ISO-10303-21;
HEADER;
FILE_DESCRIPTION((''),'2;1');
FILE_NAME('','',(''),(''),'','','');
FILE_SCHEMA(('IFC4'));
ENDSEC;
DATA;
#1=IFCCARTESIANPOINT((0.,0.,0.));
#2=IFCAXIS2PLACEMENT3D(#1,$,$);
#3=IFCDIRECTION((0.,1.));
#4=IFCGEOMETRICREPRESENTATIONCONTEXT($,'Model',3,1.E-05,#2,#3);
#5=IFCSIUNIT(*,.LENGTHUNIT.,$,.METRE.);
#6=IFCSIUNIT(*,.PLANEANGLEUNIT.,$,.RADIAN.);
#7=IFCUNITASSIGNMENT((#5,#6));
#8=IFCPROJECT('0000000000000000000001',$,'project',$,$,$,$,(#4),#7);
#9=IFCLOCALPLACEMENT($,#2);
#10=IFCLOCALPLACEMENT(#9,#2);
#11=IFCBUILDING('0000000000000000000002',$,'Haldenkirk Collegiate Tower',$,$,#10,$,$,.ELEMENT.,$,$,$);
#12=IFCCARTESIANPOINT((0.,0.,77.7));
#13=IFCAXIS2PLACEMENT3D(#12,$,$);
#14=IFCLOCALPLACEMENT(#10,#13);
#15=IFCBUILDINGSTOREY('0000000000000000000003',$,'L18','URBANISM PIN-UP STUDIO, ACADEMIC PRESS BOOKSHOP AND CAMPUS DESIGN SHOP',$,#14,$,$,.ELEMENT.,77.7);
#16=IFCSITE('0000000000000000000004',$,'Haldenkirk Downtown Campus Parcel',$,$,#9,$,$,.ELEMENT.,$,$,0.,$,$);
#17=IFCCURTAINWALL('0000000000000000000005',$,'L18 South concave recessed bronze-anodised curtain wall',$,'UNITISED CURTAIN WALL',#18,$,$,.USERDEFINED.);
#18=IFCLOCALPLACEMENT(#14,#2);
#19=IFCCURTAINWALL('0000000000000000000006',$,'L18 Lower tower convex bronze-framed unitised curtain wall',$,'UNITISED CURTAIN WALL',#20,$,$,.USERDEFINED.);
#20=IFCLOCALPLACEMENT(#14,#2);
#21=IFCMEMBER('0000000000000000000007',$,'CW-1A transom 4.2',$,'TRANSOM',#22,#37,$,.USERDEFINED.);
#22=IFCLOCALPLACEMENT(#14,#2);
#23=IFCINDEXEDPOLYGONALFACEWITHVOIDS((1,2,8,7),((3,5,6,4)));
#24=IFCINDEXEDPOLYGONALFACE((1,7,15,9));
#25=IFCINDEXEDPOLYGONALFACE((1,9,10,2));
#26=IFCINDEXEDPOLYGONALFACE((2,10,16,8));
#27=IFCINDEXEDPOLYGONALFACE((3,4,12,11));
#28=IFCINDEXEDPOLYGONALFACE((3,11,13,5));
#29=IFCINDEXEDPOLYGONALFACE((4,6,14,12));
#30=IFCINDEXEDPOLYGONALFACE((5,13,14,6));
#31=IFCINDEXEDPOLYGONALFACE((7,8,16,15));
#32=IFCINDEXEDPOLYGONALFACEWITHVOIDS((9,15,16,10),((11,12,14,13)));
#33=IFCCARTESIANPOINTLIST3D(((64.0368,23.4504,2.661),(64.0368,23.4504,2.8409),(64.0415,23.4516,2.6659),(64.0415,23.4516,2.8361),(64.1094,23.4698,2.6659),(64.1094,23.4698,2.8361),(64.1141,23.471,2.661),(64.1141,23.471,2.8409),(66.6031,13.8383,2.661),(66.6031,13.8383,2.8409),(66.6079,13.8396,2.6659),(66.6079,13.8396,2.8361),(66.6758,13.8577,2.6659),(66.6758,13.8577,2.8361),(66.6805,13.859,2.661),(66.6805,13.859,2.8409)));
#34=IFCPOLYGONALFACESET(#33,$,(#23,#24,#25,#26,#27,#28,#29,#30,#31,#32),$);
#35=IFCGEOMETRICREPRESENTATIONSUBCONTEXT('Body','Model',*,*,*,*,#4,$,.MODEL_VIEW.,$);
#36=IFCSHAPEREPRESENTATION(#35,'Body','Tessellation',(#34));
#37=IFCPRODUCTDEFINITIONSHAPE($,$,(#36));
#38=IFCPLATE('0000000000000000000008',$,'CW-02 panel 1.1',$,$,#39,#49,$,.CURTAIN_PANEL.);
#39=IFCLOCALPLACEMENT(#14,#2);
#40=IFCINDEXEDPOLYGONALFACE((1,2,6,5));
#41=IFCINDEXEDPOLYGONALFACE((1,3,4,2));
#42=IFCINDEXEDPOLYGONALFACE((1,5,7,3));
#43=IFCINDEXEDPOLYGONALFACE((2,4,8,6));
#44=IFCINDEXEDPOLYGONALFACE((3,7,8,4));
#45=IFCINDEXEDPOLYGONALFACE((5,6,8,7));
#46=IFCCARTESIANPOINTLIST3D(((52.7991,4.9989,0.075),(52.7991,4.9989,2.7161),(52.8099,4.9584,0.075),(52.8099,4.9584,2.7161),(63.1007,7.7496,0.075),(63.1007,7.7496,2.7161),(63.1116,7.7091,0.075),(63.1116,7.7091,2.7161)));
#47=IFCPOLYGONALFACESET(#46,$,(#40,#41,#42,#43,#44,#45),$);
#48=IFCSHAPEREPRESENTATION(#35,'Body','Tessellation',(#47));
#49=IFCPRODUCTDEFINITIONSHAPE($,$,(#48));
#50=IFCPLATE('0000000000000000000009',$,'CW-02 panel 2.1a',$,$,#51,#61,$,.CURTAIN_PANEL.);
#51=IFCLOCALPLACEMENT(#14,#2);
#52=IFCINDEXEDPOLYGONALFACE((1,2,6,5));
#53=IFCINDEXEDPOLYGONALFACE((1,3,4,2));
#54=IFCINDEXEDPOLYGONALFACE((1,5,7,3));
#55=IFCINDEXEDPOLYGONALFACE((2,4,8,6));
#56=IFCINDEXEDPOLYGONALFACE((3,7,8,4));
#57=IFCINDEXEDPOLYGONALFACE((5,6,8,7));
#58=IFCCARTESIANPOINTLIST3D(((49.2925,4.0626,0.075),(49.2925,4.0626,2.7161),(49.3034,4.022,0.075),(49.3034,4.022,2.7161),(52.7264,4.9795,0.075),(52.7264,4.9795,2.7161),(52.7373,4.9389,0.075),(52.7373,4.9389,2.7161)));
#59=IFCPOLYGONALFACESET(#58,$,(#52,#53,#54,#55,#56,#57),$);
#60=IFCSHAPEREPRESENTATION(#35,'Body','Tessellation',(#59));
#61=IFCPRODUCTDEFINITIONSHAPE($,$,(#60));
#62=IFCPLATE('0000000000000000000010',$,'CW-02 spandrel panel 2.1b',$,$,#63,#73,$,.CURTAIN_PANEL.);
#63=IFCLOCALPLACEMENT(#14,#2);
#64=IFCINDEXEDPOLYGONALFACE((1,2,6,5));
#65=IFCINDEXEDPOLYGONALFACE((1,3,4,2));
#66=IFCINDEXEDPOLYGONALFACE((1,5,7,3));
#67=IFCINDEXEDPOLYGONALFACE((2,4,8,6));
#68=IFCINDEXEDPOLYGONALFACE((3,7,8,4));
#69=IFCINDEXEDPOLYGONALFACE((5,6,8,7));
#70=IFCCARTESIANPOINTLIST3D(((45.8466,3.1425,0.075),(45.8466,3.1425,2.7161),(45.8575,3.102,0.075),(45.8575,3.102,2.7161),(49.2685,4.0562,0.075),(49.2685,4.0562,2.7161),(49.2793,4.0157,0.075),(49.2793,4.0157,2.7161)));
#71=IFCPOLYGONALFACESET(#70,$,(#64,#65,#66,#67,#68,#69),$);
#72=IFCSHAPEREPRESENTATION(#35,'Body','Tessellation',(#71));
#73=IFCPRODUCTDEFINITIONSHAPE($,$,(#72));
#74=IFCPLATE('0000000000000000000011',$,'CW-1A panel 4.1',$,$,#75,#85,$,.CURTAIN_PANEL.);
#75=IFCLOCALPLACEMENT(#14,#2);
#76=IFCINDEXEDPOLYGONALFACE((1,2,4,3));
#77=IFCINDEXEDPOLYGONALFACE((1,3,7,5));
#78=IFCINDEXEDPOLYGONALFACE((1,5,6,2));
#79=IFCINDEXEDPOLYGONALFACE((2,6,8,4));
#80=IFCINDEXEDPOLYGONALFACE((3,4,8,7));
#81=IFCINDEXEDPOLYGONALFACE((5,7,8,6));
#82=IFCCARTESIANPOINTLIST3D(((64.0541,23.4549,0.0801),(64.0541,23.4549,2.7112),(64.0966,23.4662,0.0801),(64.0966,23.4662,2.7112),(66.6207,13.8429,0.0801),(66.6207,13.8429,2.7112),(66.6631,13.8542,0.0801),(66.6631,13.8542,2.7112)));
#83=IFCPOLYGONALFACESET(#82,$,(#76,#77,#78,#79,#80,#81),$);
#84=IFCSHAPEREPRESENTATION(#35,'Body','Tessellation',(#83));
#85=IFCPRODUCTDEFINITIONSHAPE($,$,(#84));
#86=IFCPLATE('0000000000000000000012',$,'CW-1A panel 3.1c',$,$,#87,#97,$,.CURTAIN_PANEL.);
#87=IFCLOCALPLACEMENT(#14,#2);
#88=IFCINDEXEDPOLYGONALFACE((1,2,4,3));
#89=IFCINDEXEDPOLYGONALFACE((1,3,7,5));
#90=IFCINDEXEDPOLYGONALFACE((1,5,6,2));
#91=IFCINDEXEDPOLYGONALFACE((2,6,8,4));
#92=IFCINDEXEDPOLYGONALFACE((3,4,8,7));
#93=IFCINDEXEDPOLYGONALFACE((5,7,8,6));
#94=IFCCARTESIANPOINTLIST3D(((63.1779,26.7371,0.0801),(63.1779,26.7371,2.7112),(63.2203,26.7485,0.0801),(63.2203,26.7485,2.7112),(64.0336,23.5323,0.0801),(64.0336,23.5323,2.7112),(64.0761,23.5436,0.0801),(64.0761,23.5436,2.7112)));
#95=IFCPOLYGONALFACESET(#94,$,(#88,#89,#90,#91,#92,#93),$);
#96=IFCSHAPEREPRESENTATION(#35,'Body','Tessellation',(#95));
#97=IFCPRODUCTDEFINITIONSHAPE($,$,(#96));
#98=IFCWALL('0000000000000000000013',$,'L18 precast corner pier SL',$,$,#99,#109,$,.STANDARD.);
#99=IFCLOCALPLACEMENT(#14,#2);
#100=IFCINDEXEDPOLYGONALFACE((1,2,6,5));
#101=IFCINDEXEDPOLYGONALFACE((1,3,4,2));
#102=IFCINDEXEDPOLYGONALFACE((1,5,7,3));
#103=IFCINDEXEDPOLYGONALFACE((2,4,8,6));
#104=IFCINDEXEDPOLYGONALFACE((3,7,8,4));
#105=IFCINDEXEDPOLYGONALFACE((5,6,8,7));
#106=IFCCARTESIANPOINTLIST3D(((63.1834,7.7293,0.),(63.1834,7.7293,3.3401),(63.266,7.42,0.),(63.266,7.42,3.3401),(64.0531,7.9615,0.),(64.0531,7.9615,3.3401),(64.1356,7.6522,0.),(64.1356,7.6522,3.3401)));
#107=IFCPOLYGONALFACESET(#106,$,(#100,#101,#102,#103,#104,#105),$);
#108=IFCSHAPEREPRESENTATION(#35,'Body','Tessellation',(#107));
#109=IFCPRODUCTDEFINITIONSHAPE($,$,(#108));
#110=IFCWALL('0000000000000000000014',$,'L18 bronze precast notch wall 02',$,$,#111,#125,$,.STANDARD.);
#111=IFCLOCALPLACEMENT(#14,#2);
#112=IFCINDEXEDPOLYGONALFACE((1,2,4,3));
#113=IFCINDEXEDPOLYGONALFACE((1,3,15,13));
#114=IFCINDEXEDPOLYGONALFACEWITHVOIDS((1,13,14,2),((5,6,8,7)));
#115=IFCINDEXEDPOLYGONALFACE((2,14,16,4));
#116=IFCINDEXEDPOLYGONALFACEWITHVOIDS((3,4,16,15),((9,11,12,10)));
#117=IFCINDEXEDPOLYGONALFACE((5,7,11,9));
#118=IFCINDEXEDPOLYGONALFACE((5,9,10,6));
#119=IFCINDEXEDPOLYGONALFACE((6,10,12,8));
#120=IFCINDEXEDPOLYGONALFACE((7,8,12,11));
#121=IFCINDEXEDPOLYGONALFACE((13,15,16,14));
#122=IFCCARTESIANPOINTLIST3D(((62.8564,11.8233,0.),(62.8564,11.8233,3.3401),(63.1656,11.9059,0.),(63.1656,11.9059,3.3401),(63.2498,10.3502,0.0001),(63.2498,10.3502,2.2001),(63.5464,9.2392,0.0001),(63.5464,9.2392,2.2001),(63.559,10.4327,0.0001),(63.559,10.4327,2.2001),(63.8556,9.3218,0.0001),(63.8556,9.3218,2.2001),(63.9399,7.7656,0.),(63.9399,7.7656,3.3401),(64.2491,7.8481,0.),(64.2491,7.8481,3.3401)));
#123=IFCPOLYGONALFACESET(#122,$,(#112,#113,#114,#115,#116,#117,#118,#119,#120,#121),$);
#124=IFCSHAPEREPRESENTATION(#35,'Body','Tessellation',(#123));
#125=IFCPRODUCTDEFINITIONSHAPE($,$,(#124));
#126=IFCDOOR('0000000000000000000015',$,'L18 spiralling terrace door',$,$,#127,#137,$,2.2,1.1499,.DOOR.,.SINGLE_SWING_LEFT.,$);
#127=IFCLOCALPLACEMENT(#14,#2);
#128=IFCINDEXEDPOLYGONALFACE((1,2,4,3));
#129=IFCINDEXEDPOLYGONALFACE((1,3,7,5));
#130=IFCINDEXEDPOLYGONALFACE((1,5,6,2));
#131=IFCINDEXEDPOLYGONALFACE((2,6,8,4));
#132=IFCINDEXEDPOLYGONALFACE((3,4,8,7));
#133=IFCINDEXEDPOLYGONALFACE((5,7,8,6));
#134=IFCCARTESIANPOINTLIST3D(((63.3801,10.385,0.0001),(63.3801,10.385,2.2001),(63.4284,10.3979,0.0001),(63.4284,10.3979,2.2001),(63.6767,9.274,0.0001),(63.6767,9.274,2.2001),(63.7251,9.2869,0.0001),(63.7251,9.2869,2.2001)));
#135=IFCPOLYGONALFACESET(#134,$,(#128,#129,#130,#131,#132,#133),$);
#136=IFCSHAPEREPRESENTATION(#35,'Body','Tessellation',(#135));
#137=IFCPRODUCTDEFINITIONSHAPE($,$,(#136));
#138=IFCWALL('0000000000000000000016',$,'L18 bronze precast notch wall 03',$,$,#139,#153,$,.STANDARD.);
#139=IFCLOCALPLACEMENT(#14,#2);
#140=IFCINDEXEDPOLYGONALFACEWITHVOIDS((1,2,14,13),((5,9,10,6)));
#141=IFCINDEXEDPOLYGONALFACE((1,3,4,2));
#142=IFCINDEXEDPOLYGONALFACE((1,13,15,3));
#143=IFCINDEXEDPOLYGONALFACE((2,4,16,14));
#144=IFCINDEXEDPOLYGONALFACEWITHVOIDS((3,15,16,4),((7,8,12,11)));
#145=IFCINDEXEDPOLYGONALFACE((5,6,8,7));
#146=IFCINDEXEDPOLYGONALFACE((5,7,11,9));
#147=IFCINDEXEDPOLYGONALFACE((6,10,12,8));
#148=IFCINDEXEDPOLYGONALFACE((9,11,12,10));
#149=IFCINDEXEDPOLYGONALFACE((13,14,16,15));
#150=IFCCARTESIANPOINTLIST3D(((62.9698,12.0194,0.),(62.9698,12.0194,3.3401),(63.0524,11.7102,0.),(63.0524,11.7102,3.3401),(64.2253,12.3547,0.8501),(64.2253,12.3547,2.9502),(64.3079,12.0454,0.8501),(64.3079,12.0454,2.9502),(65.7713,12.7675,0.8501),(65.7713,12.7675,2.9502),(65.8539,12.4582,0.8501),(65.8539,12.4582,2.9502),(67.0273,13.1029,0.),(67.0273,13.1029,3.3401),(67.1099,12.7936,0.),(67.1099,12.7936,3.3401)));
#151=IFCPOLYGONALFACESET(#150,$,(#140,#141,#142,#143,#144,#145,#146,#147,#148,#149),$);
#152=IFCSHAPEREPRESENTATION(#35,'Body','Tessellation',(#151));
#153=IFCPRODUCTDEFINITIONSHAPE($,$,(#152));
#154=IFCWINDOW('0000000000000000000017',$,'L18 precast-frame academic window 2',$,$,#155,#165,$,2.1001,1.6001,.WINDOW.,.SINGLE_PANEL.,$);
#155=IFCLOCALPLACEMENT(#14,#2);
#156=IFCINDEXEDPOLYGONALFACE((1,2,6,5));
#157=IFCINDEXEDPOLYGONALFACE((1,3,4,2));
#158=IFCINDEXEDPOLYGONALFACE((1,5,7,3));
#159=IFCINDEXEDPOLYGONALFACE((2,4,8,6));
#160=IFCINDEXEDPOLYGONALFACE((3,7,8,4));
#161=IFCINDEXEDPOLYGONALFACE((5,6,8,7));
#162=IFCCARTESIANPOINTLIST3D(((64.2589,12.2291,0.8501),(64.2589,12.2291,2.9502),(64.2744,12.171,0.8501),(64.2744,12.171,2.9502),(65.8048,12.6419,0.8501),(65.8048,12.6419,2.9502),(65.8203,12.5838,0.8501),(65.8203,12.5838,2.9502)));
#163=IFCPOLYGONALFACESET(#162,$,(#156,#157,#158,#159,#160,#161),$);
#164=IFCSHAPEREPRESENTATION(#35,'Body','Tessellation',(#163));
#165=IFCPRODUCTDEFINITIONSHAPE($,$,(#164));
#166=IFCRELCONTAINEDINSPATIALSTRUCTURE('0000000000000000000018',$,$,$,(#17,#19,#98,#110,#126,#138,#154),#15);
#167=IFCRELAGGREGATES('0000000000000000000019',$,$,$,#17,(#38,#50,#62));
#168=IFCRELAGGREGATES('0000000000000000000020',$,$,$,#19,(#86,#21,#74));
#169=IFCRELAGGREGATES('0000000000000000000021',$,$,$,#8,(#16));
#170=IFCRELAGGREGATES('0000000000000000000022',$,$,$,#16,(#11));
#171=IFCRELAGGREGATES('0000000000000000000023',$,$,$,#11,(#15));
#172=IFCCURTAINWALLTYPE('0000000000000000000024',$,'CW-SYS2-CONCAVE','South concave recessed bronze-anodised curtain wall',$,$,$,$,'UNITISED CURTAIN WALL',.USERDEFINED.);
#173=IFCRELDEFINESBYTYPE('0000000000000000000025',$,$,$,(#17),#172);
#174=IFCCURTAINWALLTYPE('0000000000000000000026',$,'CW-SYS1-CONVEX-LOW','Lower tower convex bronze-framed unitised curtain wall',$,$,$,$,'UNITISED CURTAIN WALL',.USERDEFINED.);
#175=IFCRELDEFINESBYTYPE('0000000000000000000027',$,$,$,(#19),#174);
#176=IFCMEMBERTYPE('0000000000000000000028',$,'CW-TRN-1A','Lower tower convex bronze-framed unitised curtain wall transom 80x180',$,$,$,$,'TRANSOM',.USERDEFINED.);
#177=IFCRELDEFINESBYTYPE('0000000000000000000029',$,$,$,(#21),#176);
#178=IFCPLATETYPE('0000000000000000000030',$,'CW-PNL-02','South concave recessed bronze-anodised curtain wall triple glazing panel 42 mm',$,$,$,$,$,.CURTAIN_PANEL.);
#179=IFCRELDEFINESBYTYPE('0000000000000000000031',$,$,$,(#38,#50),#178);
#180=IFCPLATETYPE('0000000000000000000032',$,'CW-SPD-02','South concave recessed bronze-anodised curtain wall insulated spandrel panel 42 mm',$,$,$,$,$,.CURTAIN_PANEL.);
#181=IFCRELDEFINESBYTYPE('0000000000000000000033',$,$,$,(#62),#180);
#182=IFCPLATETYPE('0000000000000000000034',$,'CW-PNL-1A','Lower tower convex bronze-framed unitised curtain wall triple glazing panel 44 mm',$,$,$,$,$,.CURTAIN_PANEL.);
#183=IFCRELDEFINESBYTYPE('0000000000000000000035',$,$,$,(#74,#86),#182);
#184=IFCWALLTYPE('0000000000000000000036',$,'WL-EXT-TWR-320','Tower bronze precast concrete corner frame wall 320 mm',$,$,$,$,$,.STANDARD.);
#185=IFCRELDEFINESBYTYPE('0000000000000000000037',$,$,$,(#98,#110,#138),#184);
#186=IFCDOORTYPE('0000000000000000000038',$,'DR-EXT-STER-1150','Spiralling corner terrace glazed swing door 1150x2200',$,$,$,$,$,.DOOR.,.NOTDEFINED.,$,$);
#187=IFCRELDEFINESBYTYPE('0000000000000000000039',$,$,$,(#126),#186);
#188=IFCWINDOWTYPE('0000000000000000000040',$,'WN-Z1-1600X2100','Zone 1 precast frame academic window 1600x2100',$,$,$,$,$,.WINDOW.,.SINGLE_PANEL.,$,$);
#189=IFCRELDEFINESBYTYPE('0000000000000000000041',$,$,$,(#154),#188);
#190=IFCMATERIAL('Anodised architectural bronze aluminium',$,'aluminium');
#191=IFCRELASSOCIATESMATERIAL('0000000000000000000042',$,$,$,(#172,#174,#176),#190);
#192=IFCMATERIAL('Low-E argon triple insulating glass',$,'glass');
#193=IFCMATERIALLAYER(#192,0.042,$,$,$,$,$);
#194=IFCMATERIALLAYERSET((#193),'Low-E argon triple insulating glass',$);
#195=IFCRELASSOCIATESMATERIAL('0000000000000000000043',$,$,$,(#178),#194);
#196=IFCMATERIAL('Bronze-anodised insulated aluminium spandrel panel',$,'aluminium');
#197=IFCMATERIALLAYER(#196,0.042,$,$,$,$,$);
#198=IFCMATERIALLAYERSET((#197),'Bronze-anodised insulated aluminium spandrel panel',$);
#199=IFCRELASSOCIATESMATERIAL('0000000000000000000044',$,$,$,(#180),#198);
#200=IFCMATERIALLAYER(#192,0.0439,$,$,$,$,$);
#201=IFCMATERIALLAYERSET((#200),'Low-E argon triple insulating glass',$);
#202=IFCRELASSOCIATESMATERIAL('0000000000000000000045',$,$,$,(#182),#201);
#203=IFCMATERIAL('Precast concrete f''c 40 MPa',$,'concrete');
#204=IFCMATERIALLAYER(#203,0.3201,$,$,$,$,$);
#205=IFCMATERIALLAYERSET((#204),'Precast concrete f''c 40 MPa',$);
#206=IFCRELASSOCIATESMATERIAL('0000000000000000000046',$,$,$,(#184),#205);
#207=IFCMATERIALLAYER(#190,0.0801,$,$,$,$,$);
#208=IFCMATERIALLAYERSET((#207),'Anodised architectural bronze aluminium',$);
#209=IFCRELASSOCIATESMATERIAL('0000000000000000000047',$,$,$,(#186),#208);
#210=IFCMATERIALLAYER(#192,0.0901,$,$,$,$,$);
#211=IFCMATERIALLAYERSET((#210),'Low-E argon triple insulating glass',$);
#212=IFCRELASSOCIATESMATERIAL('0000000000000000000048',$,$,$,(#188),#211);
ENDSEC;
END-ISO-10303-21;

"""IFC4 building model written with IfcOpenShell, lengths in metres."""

from ifc_helpers import new_model, si_unit, direction, frame, frame_2d, origin, origin_2d, place, context, subcontext, project, spatial, rectangle, hollow_rectangle, extrude, source, transform, mapped, material, layer, layer_set, material_profile, profile_set, type_object, element, fill, aggregate, save


model = new_model("IFC4")

# Units and contexts
model_context = context("Model", 3, precision=1e-05, world=origin(), true_north=direction((0.0, 1.0)))
body_context = subcontext(model_context, "Body", "Model", "MODEL_VIEW")
ifc_project = project(units=[si_unit("LENGTHUNIT", "METRE"), si_unit("PLANEANGLEUNIT", "RADIAN")], contexts=[model_context])

# Site, building, storey
site_placement = place(None, origin())
site = spatial("IfcSite", under=ifc_project, at=site_placement, Name="Haldenkirk Downtown Campus Parcel", CompositionType="ELEMENT", RefElevation=0.0)
building_placement = place(site_placement, origin())
building = spatial("IfcBuilding", under=site, at=building_placement, Name="Haldenkirk Collegiate Tower", CompositionType="ELEMENT")
storey_placement = place(building_placement, frame((0.0, 0.0, 77.7)))
storey = spatial("IfcBuildingStorey", under=building, at=storey_placement, Name="L18", Description="URBANISM PIN-UP STUDIO, ACADEMIC PRESS BOOKSHOP AND CAMPUS DESIGN SHOP", CompositionType="ELEMENT", Elevation=77.7)

# Curtain walls
ifc_material_1 = material(Name="Anodised architectural bronze aluminium", Category="aluminium")
curtain_wall_type_1 = type_object("IfcCurtainWallType", Name="CW-SYS2-CONCAVE", Description="South concave recessed bronze-anodised curtain wall", ElementType="UNITISED CURTAIN WALL", PredefinedType="USERDEFINED", material=ifc_material_1)
curtain_wall_1_placement = place(storey_placement, origin())
curtain_wall_1 = element("IfcCurtainWall", 1, at=curtain_wall_1_placement, inside=storey, type_object=curtain_wall_type_1, Name="L18 South concave recessed bronze-anodised curtain wall", ObjectType="UNITISED CURTAIN WALL", PredefinedType="USERDEFINED")
curtain_wall_type_2 = type_object("IfcCurtainWallType", Name="CW-SYS1-CONVEX-LOW", Description="Lower tower convex bronze-framed unitised curtain wall", ElementType="UNITISED CURTAIN WALL", PredefinedType="USERDEFINED", material=ifc_material_1)
curtain_wall_2_placement = place(storey_placement, origin())
curtain_wall_2 = element("IfcCurtainWall", 2, at=curtain_wall_2_placement, inside=storey, type_object=curtain_wall_type_2, Name="L18 Lower tower convex bronze-framed unitised curtain wall", ObjectType="UNITISED CURTAIN WALL", PredefinedType="USERDEFINED")

# Member
ifc_material_profile_1 = material_profile(ifc_material_1, hollow_rectangle(XDim=0.0801, YDim=0.1799, WallThickness=0.0049, at=origin_2d()), Name="CW-TRN-1A")
ifc_profile_set_1 = profile_set([ifc_material_profile_1], Name="Anodised architectural bronze aluminium")
member_type_1 = type_object("IfcMemberType", Name="CW-TRN-1A", Description="Lower tower convex bronze-framed unitised curtain wall transom 80x180", ElementType="TRANSOM", PredefinedType="USERDEFINED", material=ifc_profile_set_1)
member_1_placement = place(storey_placement, frame((64.0754, 23.4607, 2.751), z_axis=(0.257962, -0.966155, 0.0), x_axis=(0.966155, 0.257962, 0.0)))
member_1 = element("IfcMember", 3, at=member_1_placement, type_object=member_type_1, Name="CW-1A transom 4.2", ObjectType="TRANSOM", PredefinedType="USERDEFINED", context=body_context, shape_type="SweptSolid", body=[
    extrude(hollow_rectangle(XDim=0.0801, YDim=0.1799, WallThickness=0.0049, at=origin_2d()), origin(), (0.0, 0.0, 1.0), 9.9487),
])

# Plates
ifc_material_2 = material(Name="Low-E argon triple insulating glass", Category="glass")
ifc_layer_1 = layer(ifc_material_2, 0.042)
ifc_layer_set_1 = layer_set([ifc_layer_1], Name="Low-E argon triple insulating glass")
plate_type_1 = type_object("IfcPlateType", Name="CW-PNL-02", Description="South concave recessed bronze-anodised curtain wall triple glazing panel 42 mm", PredefinedType="CURTAIN_PANEL", material=ifc_layer_set_1)
shared_shape_1 = source(origin(), body_context, "Body", "SweptSolid", [
    extrude(rectangle(XDim=10.6626, YDim=0.042, at=origin_2d()), origin(), (0.0, 0.0, 1.0), 2.6411),
])
plate_1_placement = place(storey_placement, frame((57.9553, 6.354, 0.075), z_axis=(0.0, 0.0, 1.0), x_axis=(-0.966151, -0.257976, 0.0)))
plate_1 = element("IfcPlate", 4, at=plate_1_placement, type_object=plate_type_1, Name="CW-02 panel 1.1", PredefinedType="CURTAIN_PANEL", context=body_context, shape_type="MappedRepresentation", body=[
    mapped(shared_shape_1, transform((0.0, 0.0, 0.0), x_axis=(1.0, 0.0, 0.0), y_axis=(0.0, 1.0, 0.0), z_axis=(0.0, 0.0, 1.0), scale=1.0)),
])
shared_shape_2 = source(origin(), body_context, "Body", "SweptSolid", [
    extrude(rectangle(XDim=3.5542, YDim=0.042, at=origin_2d()), origin(), (0.0, 0.0, 1.0), 2.6411),
])
plate_2_placement = place(storey_placement, frame((51.0149, 4.5007, 0.075), z_axis=(0.0, 0.0, 1.0), x_axis=(-0.966151, -0.257976, 0.0)))
plate_2 = element("IfcPlate", 5, at=plate_2_placement, type_object=plate_type_1, Name="CW-02 panel 2.1a", PredefinedType="CURTAIN_PANEL", context=body_context, shape_type="MappedRepresentation", body=[
    mapped(shared_shape_2, transform((0.0, 0.0, 0.0), x_axis=(1.0, 0.0, 0.0), y_axis=(0.0, 1.0, 0.0), z_axis=(0.0, 0.0, 1.0), scale=1.0)),
])
ifc_material_3 = material(Name="Bronze-anodised insulated aluminium spandrel panel", Category="aluminium")
ifc_layer_2 = layer(ifc_material_3, 0.042)
ifc_layer_set_2 = layer_set([ifc_layer_2], Name="Bronze-anodised insulated aluminium spandrel panel")
plate_type_2 = type_object("IfcPlateType", Name="CW-SPD-02", Description="South concave recessed bronze-anodised curtain wall insulated spandrel panel 42 mm", PredefinedType="CURTAIN_PANEL", material=ifc_layer_set_2)
shared_shape_3 = source(origin(), body_context, "Body", "SweptSolid", [
    extrude(rectangle(XDim=3.5417, YDim=0.042, at=origin_2d()), origin(), (0.0, 0.0, 1.0), 2.6411),
])
plate_3_placement = place(storey_placement, frame((47.563, 3.5791, 0.075), z_axis=(0.0, 0.0, 1.0), x_axis=(-0.966151, -0.257976, 0.0)))
plate_3 = element("IfcPlate", 6, at=plate_3_placement, type_object=plate_type_2, Name="CW-02 spandrel panel 2.1b", PredefinedType="CURTAIN_PANEL", context=body_context, shape_type="MappedRepresentation", body=[
    mapped(shared_shape_3, transform((0.0, 0.0, 0.0), x_axis=(1.0, 0.0, 0.0), y_axis=(0.0, 1.0, 0.0), z_axis=(0.0, 0.0, 1.0), scale=1.0)),
])
aggregate(curtain_wall_1, [plate_1, plate_2, plate_3])
ifc_layer_3 = layer(ifc_material_2, 0.0439)
ifc_layer_set_3 = layer_set([ifc_layer_3], Name="Low-E argon triple insulating glass")
plate_type_3 = type_object("IfcPlateType", Name="CW-PNL-1A", Description="Lower tower convex bronze-framed unitised curtain wall triple glazing panel 44 mm", PredefinedType="CURTAIN_PANEL", material=ifc_layer_set_3)
shared_shape_4 = source(origin(), body_context, "Body", "SweptSolid", [
    extrude(rectangle(XDim=9.9487, YDim=0.0439, at=origin_2d()), origin(), (0.0, 0.0, 1.0), 2.6311),
])
plate_4_placement = place(storey_placement, frame((65.3586, 18.6545, 0.0801), z_axis=(0.0, 0.0, 1.0), x_axis=(0.257976, -0.966151, 0.0)))
plate_4 = element("IfcPlate", 7, at=plate_4_placement, type_object=plate_type_3, Name="CW-1A panel 4.1", PredefinedType="CURTAIN_PANEL", context=body_context, shape_type="MappedRepresentation", body=[
    mapped(shared_shape_4, transform((0.0, 0.0, 0.0), x_axis=(1.0, 0.0, 0.0), y_axis=(0.0, 1.0, 0.0), z_axis=(0.0, 0.0, 1.0), scale=1.0)),
])
shared_shape_5 = source(origin(), body_context, "Body", "SweptSolid", [
    extrude(rectangle(XDim=3.3171, YDim=0.0439, at=origin_2d()), origin(), (0.0, 0.0, 1.0), 2.6311),
])
plate_5_placement = place(storey_placement, frame((63.627, 25.1404, 0.0801), z_axis=(0.0, 0.0, 1.0), x_axis=(0.257976, -0.966151, 0.0)))
plate_5 = element("IfcPlate", 8, at=plate_5_placement, type_object=plate_type_3, Name="CW-1A panel 3.1c", PredefinedType="CURTAIN_PANEL", context=body_context, shape_type="MappedRepresentation", body=[
    mapped(shared_shape_5, transform((0.0, 0.0, 0.0), x_axis=(1.0, 0.0, 0.0), y_axis=(0.0, 1.0, 0.0), z_axis=(0.0, 0.0, 1.0), scale=1.0)),
])
aggregate(curtain_wall_2, [plate_5, member_1, plate_4])

# Wall
ifc_material_4 = material(Name="Precast concrete f'c 40 MPa", Category="concrete")
ifc_layer_4 = layer(ifc_material_4, 0.3201)
ifc_layer_set_4 = layer_set([ifc_layer_4], Name="Precast concrete f'c 40 MPa")
wall_type_1 = type_object("IfcWallType", Name="WL-EXT-TWR-320", Description="Tower bronze precast concrete corner frame wall 320 mm", PredefinedType="STANDARD", material=ifc_layer_set_4)
wall_1_placement = place(storey_placement, frame((64.0945, 7.8069, 0.0), z_axis=(0.0, 0.0, 1.0), x_axis=(-0.966158, -0.25795, 0.0)))
element("IfcWall", 9, at=wall_1_placement, inside=storey, type_object=wall_type_1, Name="L18 precast corner pier SL", PredefinedType="STANDARD", context=body_context, shape_type="SweptSolid", body=[
    extrude(rectangle(XDim=0.9001, YDim=0.3201, at=frame_2d((0.4502, 0.0))), origin(), (0.0, 0.0, 1.0), 3.3401),
])

# Wall, opening, door
wall_2_placement = place(storey_placement, frame((63.011, 11.8647, 0.0), z_axis=(0.0, 0.0, 1.0), x_axis=(0.257974, -0.966152, 0.0)))
wall_2 = element("IfcWall", 10, at=wall_2_placement, inside=storey, type_object=wall_type_1, Name="L18 bronze precast notch wall 02", PredefinedType="STANDARD", context=body_context, shape_type="SweptSolid", body=[
    extrude(rectangle(XDim=4.2, YDim=0.3201, at=frame_2d((2.1001, 0.0))), origin(), (0.0, 0.0, 1.0), 3.3401),
])
opening_1_placement = place(wall_2_placement, frame((1.5249, 0.0, 0.0)))
opening_1 = element("IfcOpeningElement", 11, at=opening_1_placement, cuts=wall_2, PredefinedType="OPENING", context=body_context, shape_type="SweptSolid", body=[
    extrude(rectangle(XDim=1.1499, YDim=2.2, at=frame_2d((0.575, 1.1001))), frame((0.0, 0.1699, 0.0), z_axis=(0.0, -1.0, 0.0), x_axis=(1.0, 0.0, 0.0)), (0.0, 0.0, 1.0), 0.3401),
])
ifc_layer_5 = layer(ifc_material_1, 0.0801)
ifc_layer_set_5 = layer_set([ifc_layer_5], Name="Anodised architectural bronze aluminium")
door_type_1 = type_object("IfcDoorType", Name="DR-EXT-STER-1150", Description="Spiralling corner terrace glazed swing door 1150x2200", OperationType="NOTDEFINED", PredefinedType="DOOR", material=ifc_layer_set_5)
door_1_placement = place(opening_1_placement, origin())
door_1 = element("IfcDoor", 12, at=door_1_placement, inside=storey, type_object=door_type_1, Name="L18 spiralling terrace door", OperationType="SINGLE_SWING_LEFT", OverallHeight=2.2, OverallWidth=1.1499, PredefinedType="DOOR", context=body_context, shape_type="SweptSolid", body=[
    extrude(rectangle(XDim=1.1499, YDim=2.2, at=frame_2d((0.575, 1.1001))), frame((0.0, 0.0249, 0.0), z_axis=(0.0, -1.0, 0.0), x_axis=(1.0, 0.0, 0.0)), (0.0, 0.0, 1.0), 0.05),
])
fill(opening_1, door_1)

# Wall, opening, window
wall_3_placement = place(storey_placement, frame((67.0686, 12.9482, 0.0), z_axis=(0.0, 0.0, 1.0), x_axis=(-0.966148, -0.257988, 0.0)))
wall_3 = element("IfcWall", 13, at=wall_3_placement, inside=storey, type_object=wall_type_1, Name="L18 bronze precast notch wall 03", PredefinedType="STANDARD", context=body_context, shape_type="SweptSolid", body=[
    extrude(rectangle(XDim=4.1997, YDim=0.3201, at=frame_2d((2.0999, 0.0))), origin(), (0.0, 0.0, 1.0), 3.3401),
])
opening_2_placement = place(wall_3_placement, frame((1.3, 0.0, 0.8501)))
opening_2 = element("IfcOpeningElement", 14, at=opening_2_placement, cuts=wall_3, PredefinedType="OPENING", context=body_context, shape_type="SweptSolid", body=[
    extrude(rectangle(XDim=1.6001, YDim=2.1001, at=frame_2d((0.8, 1.05))), frame((0.0, 0.1699, 0.0), z_axis=(0.0, -1.0, 0.0), x_axis=(1.0, 0.0, 0.0)), (0.0, 0.0, 1.0), 0.3401),
])
ifc_layer_6 = layer(ifc_material_2, 0.0901)
ifc_layer_set_6 = layer_set([ifc_layer_6], Name="Low-E argon triple insulating glass")
window_type = type_object("IfcWindowType", Name="WN-Z1-1600X2100", Description="Zone 1 precast frame academic window 1600x2100", PartitioningType="SINGLE_PANEL", PredefinedType="WINDOW", material=ifc_layer_set_6)
window_placement = place(opening_2_placement, origin())
window = element("IfcWindow", 15, at=window_placement, inside=storey, type_object=window_type, Name="L18 precast-frame academic window 2", OverallHeight=2.1001, OverallWidth=1.6001, PartitioningType="SINGLE_PANEL", PredefinedType="WINDOW", context=body_context, shape_type="SweptSolid", body=[
    extrude(rectangle(XDim=1.6001, YDim=2.1001, at=frame_2d((0.8, 1.05))), frame((0.0, 0.03, 0.0), z_axis=(0.0, -1.0, 0.0), x_axis=(1.0, 0.0, 0.0)), (0.0, 0.0, 1.0), 0.0601),
])
fill(opening_2, window)

save(model, "model.ifc")
